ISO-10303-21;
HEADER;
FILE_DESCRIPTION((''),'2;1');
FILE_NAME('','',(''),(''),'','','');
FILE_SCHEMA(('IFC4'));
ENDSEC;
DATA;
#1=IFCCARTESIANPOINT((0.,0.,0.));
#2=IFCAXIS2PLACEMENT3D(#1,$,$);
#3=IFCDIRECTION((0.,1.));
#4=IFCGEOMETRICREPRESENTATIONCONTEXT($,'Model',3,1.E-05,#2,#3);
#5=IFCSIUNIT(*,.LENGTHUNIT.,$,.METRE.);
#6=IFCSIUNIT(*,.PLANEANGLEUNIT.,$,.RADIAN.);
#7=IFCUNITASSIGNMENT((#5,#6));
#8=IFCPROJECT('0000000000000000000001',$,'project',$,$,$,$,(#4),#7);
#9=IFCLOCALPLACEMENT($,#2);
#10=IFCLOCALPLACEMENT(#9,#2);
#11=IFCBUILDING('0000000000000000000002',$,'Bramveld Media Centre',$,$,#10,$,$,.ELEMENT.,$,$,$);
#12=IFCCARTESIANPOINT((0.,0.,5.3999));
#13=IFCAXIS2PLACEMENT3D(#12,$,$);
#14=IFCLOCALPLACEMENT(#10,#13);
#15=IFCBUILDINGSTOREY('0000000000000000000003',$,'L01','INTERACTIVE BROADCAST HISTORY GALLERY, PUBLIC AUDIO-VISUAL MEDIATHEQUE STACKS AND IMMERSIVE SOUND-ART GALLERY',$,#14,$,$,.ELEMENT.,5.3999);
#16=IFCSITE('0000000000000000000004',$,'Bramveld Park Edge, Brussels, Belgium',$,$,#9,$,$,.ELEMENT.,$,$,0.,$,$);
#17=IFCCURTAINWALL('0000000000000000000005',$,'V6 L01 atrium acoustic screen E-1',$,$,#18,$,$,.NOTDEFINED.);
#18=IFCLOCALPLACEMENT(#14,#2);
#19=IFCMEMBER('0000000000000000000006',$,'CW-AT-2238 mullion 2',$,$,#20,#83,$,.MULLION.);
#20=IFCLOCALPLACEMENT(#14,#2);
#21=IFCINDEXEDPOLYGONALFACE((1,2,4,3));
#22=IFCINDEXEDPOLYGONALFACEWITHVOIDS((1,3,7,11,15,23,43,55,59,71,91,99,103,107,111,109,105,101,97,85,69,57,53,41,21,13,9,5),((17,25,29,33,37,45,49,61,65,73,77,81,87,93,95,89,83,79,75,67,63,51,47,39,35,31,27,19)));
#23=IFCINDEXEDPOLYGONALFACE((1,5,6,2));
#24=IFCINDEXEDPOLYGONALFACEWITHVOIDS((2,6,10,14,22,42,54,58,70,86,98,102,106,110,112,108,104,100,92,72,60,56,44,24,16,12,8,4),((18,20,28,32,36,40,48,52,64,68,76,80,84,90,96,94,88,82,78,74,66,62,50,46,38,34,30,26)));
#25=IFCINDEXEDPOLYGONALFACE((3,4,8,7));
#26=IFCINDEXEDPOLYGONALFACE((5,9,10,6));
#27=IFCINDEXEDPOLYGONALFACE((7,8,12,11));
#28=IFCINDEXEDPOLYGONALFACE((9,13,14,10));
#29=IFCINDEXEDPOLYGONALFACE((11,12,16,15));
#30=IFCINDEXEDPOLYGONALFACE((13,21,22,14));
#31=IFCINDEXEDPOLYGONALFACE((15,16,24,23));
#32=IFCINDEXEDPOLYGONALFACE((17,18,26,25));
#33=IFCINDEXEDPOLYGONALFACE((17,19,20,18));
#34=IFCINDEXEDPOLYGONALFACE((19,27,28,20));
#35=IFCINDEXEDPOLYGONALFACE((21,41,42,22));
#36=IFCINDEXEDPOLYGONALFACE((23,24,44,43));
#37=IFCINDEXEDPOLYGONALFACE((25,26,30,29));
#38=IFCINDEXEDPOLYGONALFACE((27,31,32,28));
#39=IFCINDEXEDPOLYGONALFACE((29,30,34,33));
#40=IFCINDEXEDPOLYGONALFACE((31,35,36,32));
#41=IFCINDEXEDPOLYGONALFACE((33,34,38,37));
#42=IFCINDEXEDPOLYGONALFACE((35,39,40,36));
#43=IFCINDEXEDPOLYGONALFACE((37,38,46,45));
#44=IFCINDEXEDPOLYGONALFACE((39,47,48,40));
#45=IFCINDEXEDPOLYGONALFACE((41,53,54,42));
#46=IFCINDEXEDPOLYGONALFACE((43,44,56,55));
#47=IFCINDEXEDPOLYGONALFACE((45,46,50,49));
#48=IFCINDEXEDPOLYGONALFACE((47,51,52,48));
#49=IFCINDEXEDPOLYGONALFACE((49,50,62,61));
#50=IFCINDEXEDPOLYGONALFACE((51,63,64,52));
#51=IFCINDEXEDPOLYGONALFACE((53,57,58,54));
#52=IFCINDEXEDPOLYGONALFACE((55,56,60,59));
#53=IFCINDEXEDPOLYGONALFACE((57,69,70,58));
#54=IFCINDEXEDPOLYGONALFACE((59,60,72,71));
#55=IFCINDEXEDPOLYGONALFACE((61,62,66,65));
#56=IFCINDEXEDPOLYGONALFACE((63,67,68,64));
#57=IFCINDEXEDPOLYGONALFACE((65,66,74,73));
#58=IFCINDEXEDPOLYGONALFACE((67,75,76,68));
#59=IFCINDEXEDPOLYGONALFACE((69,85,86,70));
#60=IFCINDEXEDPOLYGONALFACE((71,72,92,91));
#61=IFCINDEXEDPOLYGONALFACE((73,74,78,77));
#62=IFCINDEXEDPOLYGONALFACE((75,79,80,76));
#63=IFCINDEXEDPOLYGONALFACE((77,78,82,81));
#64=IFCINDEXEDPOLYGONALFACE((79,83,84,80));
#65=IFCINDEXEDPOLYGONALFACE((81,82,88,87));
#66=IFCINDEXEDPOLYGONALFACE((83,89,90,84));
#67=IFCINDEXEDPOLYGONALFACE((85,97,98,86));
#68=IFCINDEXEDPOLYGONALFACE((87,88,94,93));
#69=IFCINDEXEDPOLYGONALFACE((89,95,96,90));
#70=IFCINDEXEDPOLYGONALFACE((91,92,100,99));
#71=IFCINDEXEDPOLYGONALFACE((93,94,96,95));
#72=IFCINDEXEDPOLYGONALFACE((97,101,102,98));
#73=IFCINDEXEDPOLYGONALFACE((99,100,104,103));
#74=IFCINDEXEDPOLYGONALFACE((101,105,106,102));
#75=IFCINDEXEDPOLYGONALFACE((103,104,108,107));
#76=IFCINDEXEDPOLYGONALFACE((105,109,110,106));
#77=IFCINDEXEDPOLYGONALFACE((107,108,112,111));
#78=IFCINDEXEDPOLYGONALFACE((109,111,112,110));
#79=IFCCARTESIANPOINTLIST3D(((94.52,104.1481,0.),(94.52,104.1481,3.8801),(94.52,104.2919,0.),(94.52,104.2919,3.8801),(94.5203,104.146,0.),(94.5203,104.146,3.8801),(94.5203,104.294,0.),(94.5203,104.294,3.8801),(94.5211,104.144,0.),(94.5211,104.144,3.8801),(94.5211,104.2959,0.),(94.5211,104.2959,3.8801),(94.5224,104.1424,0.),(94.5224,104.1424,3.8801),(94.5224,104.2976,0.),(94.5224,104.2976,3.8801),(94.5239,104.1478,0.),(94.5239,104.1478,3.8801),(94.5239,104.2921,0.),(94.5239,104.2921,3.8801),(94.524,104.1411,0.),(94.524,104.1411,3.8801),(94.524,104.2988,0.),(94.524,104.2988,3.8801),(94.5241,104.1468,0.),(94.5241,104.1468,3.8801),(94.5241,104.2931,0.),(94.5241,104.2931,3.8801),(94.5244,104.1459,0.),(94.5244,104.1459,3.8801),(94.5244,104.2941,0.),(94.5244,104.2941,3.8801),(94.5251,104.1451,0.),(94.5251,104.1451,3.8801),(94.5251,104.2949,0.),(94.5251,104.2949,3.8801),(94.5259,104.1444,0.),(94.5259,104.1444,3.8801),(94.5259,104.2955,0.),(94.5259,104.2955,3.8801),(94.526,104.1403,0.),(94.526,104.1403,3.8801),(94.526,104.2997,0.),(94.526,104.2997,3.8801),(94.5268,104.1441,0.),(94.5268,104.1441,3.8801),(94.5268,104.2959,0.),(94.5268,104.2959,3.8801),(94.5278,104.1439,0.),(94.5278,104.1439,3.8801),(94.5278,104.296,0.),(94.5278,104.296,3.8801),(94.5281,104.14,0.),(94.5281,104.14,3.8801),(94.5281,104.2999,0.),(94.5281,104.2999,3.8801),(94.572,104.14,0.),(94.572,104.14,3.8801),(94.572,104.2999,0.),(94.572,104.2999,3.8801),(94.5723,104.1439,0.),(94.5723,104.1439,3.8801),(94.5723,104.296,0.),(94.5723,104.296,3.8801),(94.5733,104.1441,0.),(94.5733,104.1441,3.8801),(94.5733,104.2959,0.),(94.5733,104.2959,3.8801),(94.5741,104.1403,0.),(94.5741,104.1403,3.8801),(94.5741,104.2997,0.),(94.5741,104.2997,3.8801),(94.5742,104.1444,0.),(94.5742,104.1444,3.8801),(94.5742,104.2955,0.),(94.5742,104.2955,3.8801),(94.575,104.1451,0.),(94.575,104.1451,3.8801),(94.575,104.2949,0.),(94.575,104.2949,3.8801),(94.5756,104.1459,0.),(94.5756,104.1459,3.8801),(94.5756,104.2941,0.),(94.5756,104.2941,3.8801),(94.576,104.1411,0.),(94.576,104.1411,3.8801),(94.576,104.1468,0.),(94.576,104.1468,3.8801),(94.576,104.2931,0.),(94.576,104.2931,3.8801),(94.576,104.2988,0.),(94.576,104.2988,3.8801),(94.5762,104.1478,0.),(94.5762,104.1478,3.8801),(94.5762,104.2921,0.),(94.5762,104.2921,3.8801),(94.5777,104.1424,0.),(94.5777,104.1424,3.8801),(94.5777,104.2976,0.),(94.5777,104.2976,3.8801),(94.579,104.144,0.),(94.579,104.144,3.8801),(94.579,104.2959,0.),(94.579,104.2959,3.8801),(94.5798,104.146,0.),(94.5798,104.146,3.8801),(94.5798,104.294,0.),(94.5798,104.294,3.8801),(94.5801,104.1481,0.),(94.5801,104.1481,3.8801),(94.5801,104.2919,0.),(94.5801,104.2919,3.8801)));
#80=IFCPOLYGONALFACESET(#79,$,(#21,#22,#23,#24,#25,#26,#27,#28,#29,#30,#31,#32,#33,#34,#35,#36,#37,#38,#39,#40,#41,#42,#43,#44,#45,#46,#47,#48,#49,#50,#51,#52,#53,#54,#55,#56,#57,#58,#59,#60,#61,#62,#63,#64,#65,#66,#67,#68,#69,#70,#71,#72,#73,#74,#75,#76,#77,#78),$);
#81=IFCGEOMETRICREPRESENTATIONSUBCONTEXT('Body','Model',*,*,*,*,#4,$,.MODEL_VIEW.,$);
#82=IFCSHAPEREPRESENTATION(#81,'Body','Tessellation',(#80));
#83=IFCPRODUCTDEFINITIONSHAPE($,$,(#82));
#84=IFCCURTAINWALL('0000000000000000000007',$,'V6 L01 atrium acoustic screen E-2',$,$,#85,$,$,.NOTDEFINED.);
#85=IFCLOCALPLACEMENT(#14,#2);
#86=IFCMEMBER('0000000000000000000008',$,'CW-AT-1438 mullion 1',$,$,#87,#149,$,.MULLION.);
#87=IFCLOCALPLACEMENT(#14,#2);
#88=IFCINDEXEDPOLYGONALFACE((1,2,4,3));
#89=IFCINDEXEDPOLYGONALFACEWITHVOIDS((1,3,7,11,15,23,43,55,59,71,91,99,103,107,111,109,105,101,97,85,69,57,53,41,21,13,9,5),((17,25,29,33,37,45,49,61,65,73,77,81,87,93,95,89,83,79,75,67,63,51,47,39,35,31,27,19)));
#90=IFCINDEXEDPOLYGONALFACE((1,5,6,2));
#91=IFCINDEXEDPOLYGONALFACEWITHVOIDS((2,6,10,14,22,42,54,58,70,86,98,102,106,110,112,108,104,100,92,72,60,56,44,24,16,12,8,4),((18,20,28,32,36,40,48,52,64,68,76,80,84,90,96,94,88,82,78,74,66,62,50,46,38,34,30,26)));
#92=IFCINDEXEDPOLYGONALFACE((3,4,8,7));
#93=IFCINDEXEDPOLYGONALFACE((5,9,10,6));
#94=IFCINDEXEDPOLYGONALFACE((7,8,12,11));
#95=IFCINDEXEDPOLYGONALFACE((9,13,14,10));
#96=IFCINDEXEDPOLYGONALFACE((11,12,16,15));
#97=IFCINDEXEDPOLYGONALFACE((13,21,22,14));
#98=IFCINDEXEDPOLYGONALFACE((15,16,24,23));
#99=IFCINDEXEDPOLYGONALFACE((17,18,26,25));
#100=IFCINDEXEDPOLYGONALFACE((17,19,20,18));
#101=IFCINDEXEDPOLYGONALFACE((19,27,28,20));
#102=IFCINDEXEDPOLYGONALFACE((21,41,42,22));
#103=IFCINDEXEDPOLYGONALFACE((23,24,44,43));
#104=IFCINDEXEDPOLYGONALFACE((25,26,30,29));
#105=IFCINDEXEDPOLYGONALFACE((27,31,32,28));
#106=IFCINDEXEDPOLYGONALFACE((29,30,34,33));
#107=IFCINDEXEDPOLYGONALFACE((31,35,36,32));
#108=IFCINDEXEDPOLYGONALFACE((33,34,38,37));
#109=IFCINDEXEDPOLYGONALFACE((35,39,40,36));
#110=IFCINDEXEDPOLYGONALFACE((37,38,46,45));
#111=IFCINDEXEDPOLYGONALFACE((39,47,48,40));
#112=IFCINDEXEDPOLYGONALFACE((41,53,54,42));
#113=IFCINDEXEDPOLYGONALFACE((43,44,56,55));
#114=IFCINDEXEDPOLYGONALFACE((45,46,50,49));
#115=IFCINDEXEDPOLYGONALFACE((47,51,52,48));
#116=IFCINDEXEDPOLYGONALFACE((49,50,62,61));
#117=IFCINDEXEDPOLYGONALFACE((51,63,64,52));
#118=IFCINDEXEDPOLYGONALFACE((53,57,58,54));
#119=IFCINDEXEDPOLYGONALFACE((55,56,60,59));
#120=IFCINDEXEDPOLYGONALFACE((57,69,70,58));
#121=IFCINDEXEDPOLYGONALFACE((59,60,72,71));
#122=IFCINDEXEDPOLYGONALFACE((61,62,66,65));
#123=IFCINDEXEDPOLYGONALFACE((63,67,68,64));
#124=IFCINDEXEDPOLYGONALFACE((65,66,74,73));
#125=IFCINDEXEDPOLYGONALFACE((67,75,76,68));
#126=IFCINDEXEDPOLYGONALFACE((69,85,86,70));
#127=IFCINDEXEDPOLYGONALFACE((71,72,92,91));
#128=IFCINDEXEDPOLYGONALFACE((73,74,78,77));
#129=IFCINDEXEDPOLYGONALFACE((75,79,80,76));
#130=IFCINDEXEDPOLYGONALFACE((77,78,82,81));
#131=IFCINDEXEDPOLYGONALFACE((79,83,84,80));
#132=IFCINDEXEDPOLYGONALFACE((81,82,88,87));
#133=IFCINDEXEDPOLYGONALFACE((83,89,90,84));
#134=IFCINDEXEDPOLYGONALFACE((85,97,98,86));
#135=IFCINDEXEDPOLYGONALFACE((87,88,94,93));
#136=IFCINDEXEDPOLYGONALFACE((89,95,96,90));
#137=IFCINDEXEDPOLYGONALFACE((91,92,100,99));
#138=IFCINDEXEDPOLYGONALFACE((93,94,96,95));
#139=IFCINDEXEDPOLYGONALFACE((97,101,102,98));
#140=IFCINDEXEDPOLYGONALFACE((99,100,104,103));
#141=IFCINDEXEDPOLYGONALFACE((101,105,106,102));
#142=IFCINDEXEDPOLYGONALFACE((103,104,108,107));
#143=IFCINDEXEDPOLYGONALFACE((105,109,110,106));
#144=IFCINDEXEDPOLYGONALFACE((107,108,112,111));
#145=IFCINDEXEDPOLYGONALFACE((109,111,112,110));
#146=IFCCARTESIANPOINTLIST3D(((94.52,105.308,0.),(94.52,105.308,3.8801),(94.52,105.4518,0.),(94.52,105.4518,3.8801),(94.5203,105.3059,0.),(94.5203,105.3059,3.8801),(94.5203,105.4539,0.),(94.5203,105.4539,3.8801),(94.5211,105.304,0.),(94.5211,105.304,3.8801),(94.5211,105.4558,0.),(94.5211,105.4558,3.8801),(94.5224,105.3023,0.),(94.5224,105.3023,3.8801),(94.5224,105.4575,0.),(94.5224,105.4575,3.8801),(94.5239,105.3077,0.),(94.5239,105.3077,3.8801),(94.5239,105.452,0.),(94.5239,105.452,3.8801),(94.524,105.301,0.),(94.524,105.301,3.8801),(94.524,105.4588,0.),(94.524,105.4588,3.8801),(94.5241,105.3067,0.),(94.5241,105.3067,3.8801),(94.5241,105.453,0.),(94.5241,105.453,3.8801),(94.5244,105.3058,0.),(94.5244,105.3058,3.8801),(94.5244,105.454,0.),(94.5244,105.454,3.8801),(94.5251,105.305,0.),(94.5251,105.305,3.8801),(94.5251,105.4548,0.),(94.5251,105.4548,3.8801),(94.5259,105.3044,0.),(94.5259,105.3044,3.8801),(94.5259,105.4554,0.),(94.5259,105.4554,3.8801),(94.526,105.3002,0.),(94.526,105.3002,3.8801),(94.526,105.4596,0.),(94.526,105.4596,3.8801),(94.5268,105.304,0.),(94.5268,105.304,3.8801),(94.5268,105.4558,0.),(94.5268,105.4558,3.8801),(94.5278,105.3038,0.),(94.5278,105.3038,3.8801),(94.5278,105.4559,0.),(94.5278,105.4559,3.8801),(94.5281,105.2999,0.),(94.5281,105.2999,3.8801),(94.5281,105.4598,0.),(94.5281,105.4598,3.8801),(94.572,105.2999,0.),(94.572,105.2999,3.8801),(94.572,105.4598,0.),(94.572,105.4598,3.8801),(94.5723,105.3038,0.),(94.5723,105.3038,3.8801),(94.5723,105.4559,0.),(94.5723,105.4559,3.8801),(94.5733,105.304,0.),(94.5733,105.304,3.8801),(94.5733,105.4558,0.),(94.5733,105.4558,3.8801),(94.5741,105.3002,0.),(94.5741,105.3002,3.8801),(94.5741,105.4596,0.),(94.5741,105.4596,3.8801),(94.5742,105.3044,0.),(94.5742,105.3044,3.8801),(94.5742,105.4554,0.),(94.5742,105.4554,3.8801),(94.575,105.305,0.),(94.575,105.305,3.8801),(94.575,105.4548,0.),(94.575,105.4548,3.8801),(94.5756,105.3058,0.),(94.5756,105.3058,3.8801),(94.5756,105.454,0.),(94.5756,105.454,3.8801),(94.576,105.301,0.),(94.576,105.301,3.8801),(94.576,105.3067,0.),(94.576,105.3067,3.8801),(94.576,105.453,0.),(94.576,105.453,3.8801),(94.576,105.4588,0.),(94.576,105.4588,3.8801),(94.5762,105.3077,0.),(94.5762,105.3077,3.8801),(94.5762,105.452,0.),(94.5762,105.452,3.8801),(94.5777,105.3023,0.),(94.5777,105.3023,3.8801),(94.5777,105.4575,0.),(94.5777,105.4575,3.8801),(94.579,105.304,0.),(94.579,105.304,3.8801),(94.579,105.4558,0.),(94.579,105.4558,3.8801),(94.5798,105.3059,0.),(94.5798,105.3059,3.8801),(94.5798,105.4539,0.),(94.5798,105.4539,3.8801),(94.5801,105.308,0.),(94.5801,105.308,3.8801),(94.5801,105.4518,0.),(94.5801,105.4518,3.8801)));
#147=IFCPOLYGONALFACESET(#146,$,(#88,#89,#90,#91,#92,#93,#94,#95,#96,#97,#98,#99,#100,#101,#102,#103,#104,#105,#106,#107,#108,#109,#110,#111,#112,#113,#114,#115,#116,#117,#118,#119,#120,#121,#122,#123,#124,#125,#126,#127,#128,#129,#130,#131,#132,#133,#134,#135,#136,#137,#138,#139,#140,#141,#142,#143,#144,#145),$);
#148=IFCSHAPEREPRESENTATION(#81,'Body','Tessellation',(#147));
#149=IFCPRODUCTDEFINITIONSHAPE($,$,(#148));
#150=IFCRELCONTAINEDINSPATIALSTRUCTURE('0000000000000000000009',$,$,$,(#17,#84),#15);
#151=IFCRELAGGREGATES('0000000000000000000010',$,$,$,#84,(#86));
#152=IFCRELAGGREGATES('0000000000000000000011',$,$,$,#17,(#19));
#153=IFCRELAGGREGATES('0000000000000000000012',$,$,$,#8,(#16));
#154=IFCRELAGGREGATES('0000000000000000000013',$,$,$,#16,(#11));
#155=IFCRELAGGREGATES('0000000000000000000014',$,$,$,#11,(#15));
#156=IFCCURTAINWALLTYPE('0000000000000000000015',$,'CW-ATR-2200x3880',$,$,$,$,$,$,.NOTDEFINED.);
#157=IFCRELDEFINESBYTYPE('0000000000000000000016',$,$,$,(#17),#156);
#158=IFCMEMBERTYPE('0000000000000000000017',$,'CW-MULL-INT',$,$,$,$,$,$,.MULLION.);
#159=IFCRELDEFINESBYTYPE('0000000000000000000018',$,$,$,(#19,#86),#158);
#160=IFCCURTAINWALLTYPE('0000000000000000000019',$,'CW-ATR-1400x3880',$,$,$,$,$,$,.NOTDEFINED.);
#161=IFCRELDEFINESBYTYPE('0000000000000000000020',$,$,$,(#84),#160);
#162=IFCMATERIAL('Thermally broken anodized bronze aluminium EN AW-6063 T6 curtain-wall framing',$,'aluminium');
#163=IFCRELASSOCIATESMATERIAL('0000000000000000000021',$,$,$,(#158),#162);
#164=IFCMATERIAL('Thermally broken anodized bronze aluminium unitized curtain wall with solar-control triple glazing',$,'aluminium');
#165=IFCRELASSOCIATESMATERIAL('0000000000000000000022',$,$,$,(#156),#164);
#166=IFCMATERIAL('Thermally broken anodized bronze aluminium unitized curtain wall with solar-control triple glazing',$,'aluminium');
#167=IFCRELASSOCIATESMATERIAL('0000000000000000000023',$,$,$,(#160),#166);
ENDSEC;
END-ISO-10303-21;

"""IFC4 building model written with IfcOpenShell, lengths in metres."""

from ifc_helpers import new_model, si_unit, direction, frame, origin, origin_2d, place, context, subcontext, project, spatial, hollow_rectangle, extrude, material, material_profile, profile_set, type_object, element, aggregate, save


model = new_model("IFC4")

# Units and contexts
model_context = context("Model", 3, precision=1e-05, world=origin(), true_north=direction((0.0, 1.0)))
body_context = subcontext(model_context, "Body", "Model", "MODEL_VIEW")
ifc_project = project(units=[si_unit("LENGTHUNIT", "METRE"), si_unit("PLANEANGLEUNIT", "RADIAN")], contexts=[model_context])

# Site, building, storey
site_placement = place(None, origin())
site = spatial("IfcSite", under=ifc_project, at=site_placement, Name="Bramveld Park Edge, Brussels, Belgium", CompositionType="ELEMENT", RefElevation=0.0)
building_placement = place(site_placement, origin())
building = spatial("IfcBuilding", under=site, at=building_placement, Name="Bramveld Media Centre", CompositionType="ELEMENT")
storey_placement = place(building_placement, frame((0.0, 0.0, 5.3999)))
storey = spatial("IfcBuildingStorey", under=building, at=storey_placement, Name="L01", Description="INTERACTIVE BROADCAST HISTORY GALLERY, PUBLIC AUDIO-VISUAL MEDIATHEQUE STACKS AND IMMERSIVE SOUND-ART GALLERY", CompositionType="ELEMENT", Elevation=5.3999)

# Shared definitions
ifc_material_1 = material(Name="Thermally broken anodized bronze aluminium EN AW-6063 T6 curtain-wall framing", Category="aluminium")
ifc_material_profile_1 = material_profile(ifc_material_1, hollow_rectangle(XDim=0.0601, YDim=0.1599, WallThickness=0.0039, InnerFilletRadius=0.0039, OuterFilletRadius=0.0081, at=origin_2d()), Name="AL-MULL 60x160")
ifc_profile_set_1 = profile_set([ifc_material_profile_1], Name="Thermally broken anodized bronze aluminium EN AW-6063 T6 curtain-wall framing")
member_type_1 = type_object("IfcMemberType", Name="CW-MULL-INT", PredefinedType="MULLION", material=ifc_profile_set_1)

# Curtain wall, member
ifc_material_2 = material(Name="Thermally broken anodized bronze aluminium unitized curtain wall with solar-control triple glazing", Category="aluminium")
curtain_wall_type_1 = type_object("IfcCurtainWallType", Name="CW-ATR-2200x3880", PredefinedType="NOTDEFINED", material=ifc_material_2)
curtain_wall_1_placement = place(storey_placement, origin())
curtain_wall_1 = element("IfcCurtainWall", 1, at=curtain_wall_1_placement, inside=storey, type_object=curtain_wall_type_1, Name="V6 L01 atrium acoustic screen E-1", PredefinedType="NOTDEFINED")
member_1_placement = place(storey_placement, frame((94.55, 104.22, 0.0), z_axis=(0.0, 0.0, 1.0), x_axis=(-1.0, 0.0, 0.0)))
member_1 = element("IfcMember", 2, at=member_1_placement, type_object=member_type_1, Name="CW-AT-2238 mullion 2", PredefinedType="MULLION", context=body_context, shape_type="SweptSolid", body=[
    extrude(hollow_rectangle(XDim=0.0601, YDim=0.1599, WallThickness=0.0039, InnerFilletRadius=0.0039, OuterFilletRadius=0.0081, at=origin_2d()), origin(), (0.0, 0.0, 1.0), 3.8801),
])

# Curtain wall, member
ifc_material_3 = material(Name="Thermally broken anodized bronze aluminium unitized curtain wall with solar-control triple glazing", Category="aluminium")
curtain_wall_type_2 = type_object("IfcCurtainWallType", Name="CW-ATR-1400x3880", PredefinedType="NOTDEFINED", material=ifc_material_3)
curtain_wall_2_placement = place(storey_placement, origin())
curtain_wall_2 = element("IfcCurtainWall", 3, at=curtain_wall_2_placement, inside=storey, type_object=curtain_wall_type_2, Name="V6 L01 atrium acoustic screen E-2", PredefinedType="NOTDEFINED")
member_2_placement = place(storey_placement, frame((94.55, 105.3799, 0.0), z_axis=(0.0, 0.0, 1.0), x_axis=(-1.0, 0.0, 0.0)))
member_2 = element("IfcMember", 4, at=member_2_placement, type_object=member_type_1, Name="CW-AT-1438 mullion 1", PredefinedType="MULLION", context=body_context, shape_type="SweptSolid", body=[
    extrude(hollow_rectangle(XDim=0.0601, YDim=0.1599, WallThickness=0.0039, InnerFilletRadius=0.0039, OuterFilletRadius=0.0081, at=origin_2d()), origin(), (0.0, 0.0, 1.0), 3.8801),
])

aggregate(curtain_wall_2, [member_2])

aggregate(curtain_wall_1, [member_1])

save(model, "model.ifc")
